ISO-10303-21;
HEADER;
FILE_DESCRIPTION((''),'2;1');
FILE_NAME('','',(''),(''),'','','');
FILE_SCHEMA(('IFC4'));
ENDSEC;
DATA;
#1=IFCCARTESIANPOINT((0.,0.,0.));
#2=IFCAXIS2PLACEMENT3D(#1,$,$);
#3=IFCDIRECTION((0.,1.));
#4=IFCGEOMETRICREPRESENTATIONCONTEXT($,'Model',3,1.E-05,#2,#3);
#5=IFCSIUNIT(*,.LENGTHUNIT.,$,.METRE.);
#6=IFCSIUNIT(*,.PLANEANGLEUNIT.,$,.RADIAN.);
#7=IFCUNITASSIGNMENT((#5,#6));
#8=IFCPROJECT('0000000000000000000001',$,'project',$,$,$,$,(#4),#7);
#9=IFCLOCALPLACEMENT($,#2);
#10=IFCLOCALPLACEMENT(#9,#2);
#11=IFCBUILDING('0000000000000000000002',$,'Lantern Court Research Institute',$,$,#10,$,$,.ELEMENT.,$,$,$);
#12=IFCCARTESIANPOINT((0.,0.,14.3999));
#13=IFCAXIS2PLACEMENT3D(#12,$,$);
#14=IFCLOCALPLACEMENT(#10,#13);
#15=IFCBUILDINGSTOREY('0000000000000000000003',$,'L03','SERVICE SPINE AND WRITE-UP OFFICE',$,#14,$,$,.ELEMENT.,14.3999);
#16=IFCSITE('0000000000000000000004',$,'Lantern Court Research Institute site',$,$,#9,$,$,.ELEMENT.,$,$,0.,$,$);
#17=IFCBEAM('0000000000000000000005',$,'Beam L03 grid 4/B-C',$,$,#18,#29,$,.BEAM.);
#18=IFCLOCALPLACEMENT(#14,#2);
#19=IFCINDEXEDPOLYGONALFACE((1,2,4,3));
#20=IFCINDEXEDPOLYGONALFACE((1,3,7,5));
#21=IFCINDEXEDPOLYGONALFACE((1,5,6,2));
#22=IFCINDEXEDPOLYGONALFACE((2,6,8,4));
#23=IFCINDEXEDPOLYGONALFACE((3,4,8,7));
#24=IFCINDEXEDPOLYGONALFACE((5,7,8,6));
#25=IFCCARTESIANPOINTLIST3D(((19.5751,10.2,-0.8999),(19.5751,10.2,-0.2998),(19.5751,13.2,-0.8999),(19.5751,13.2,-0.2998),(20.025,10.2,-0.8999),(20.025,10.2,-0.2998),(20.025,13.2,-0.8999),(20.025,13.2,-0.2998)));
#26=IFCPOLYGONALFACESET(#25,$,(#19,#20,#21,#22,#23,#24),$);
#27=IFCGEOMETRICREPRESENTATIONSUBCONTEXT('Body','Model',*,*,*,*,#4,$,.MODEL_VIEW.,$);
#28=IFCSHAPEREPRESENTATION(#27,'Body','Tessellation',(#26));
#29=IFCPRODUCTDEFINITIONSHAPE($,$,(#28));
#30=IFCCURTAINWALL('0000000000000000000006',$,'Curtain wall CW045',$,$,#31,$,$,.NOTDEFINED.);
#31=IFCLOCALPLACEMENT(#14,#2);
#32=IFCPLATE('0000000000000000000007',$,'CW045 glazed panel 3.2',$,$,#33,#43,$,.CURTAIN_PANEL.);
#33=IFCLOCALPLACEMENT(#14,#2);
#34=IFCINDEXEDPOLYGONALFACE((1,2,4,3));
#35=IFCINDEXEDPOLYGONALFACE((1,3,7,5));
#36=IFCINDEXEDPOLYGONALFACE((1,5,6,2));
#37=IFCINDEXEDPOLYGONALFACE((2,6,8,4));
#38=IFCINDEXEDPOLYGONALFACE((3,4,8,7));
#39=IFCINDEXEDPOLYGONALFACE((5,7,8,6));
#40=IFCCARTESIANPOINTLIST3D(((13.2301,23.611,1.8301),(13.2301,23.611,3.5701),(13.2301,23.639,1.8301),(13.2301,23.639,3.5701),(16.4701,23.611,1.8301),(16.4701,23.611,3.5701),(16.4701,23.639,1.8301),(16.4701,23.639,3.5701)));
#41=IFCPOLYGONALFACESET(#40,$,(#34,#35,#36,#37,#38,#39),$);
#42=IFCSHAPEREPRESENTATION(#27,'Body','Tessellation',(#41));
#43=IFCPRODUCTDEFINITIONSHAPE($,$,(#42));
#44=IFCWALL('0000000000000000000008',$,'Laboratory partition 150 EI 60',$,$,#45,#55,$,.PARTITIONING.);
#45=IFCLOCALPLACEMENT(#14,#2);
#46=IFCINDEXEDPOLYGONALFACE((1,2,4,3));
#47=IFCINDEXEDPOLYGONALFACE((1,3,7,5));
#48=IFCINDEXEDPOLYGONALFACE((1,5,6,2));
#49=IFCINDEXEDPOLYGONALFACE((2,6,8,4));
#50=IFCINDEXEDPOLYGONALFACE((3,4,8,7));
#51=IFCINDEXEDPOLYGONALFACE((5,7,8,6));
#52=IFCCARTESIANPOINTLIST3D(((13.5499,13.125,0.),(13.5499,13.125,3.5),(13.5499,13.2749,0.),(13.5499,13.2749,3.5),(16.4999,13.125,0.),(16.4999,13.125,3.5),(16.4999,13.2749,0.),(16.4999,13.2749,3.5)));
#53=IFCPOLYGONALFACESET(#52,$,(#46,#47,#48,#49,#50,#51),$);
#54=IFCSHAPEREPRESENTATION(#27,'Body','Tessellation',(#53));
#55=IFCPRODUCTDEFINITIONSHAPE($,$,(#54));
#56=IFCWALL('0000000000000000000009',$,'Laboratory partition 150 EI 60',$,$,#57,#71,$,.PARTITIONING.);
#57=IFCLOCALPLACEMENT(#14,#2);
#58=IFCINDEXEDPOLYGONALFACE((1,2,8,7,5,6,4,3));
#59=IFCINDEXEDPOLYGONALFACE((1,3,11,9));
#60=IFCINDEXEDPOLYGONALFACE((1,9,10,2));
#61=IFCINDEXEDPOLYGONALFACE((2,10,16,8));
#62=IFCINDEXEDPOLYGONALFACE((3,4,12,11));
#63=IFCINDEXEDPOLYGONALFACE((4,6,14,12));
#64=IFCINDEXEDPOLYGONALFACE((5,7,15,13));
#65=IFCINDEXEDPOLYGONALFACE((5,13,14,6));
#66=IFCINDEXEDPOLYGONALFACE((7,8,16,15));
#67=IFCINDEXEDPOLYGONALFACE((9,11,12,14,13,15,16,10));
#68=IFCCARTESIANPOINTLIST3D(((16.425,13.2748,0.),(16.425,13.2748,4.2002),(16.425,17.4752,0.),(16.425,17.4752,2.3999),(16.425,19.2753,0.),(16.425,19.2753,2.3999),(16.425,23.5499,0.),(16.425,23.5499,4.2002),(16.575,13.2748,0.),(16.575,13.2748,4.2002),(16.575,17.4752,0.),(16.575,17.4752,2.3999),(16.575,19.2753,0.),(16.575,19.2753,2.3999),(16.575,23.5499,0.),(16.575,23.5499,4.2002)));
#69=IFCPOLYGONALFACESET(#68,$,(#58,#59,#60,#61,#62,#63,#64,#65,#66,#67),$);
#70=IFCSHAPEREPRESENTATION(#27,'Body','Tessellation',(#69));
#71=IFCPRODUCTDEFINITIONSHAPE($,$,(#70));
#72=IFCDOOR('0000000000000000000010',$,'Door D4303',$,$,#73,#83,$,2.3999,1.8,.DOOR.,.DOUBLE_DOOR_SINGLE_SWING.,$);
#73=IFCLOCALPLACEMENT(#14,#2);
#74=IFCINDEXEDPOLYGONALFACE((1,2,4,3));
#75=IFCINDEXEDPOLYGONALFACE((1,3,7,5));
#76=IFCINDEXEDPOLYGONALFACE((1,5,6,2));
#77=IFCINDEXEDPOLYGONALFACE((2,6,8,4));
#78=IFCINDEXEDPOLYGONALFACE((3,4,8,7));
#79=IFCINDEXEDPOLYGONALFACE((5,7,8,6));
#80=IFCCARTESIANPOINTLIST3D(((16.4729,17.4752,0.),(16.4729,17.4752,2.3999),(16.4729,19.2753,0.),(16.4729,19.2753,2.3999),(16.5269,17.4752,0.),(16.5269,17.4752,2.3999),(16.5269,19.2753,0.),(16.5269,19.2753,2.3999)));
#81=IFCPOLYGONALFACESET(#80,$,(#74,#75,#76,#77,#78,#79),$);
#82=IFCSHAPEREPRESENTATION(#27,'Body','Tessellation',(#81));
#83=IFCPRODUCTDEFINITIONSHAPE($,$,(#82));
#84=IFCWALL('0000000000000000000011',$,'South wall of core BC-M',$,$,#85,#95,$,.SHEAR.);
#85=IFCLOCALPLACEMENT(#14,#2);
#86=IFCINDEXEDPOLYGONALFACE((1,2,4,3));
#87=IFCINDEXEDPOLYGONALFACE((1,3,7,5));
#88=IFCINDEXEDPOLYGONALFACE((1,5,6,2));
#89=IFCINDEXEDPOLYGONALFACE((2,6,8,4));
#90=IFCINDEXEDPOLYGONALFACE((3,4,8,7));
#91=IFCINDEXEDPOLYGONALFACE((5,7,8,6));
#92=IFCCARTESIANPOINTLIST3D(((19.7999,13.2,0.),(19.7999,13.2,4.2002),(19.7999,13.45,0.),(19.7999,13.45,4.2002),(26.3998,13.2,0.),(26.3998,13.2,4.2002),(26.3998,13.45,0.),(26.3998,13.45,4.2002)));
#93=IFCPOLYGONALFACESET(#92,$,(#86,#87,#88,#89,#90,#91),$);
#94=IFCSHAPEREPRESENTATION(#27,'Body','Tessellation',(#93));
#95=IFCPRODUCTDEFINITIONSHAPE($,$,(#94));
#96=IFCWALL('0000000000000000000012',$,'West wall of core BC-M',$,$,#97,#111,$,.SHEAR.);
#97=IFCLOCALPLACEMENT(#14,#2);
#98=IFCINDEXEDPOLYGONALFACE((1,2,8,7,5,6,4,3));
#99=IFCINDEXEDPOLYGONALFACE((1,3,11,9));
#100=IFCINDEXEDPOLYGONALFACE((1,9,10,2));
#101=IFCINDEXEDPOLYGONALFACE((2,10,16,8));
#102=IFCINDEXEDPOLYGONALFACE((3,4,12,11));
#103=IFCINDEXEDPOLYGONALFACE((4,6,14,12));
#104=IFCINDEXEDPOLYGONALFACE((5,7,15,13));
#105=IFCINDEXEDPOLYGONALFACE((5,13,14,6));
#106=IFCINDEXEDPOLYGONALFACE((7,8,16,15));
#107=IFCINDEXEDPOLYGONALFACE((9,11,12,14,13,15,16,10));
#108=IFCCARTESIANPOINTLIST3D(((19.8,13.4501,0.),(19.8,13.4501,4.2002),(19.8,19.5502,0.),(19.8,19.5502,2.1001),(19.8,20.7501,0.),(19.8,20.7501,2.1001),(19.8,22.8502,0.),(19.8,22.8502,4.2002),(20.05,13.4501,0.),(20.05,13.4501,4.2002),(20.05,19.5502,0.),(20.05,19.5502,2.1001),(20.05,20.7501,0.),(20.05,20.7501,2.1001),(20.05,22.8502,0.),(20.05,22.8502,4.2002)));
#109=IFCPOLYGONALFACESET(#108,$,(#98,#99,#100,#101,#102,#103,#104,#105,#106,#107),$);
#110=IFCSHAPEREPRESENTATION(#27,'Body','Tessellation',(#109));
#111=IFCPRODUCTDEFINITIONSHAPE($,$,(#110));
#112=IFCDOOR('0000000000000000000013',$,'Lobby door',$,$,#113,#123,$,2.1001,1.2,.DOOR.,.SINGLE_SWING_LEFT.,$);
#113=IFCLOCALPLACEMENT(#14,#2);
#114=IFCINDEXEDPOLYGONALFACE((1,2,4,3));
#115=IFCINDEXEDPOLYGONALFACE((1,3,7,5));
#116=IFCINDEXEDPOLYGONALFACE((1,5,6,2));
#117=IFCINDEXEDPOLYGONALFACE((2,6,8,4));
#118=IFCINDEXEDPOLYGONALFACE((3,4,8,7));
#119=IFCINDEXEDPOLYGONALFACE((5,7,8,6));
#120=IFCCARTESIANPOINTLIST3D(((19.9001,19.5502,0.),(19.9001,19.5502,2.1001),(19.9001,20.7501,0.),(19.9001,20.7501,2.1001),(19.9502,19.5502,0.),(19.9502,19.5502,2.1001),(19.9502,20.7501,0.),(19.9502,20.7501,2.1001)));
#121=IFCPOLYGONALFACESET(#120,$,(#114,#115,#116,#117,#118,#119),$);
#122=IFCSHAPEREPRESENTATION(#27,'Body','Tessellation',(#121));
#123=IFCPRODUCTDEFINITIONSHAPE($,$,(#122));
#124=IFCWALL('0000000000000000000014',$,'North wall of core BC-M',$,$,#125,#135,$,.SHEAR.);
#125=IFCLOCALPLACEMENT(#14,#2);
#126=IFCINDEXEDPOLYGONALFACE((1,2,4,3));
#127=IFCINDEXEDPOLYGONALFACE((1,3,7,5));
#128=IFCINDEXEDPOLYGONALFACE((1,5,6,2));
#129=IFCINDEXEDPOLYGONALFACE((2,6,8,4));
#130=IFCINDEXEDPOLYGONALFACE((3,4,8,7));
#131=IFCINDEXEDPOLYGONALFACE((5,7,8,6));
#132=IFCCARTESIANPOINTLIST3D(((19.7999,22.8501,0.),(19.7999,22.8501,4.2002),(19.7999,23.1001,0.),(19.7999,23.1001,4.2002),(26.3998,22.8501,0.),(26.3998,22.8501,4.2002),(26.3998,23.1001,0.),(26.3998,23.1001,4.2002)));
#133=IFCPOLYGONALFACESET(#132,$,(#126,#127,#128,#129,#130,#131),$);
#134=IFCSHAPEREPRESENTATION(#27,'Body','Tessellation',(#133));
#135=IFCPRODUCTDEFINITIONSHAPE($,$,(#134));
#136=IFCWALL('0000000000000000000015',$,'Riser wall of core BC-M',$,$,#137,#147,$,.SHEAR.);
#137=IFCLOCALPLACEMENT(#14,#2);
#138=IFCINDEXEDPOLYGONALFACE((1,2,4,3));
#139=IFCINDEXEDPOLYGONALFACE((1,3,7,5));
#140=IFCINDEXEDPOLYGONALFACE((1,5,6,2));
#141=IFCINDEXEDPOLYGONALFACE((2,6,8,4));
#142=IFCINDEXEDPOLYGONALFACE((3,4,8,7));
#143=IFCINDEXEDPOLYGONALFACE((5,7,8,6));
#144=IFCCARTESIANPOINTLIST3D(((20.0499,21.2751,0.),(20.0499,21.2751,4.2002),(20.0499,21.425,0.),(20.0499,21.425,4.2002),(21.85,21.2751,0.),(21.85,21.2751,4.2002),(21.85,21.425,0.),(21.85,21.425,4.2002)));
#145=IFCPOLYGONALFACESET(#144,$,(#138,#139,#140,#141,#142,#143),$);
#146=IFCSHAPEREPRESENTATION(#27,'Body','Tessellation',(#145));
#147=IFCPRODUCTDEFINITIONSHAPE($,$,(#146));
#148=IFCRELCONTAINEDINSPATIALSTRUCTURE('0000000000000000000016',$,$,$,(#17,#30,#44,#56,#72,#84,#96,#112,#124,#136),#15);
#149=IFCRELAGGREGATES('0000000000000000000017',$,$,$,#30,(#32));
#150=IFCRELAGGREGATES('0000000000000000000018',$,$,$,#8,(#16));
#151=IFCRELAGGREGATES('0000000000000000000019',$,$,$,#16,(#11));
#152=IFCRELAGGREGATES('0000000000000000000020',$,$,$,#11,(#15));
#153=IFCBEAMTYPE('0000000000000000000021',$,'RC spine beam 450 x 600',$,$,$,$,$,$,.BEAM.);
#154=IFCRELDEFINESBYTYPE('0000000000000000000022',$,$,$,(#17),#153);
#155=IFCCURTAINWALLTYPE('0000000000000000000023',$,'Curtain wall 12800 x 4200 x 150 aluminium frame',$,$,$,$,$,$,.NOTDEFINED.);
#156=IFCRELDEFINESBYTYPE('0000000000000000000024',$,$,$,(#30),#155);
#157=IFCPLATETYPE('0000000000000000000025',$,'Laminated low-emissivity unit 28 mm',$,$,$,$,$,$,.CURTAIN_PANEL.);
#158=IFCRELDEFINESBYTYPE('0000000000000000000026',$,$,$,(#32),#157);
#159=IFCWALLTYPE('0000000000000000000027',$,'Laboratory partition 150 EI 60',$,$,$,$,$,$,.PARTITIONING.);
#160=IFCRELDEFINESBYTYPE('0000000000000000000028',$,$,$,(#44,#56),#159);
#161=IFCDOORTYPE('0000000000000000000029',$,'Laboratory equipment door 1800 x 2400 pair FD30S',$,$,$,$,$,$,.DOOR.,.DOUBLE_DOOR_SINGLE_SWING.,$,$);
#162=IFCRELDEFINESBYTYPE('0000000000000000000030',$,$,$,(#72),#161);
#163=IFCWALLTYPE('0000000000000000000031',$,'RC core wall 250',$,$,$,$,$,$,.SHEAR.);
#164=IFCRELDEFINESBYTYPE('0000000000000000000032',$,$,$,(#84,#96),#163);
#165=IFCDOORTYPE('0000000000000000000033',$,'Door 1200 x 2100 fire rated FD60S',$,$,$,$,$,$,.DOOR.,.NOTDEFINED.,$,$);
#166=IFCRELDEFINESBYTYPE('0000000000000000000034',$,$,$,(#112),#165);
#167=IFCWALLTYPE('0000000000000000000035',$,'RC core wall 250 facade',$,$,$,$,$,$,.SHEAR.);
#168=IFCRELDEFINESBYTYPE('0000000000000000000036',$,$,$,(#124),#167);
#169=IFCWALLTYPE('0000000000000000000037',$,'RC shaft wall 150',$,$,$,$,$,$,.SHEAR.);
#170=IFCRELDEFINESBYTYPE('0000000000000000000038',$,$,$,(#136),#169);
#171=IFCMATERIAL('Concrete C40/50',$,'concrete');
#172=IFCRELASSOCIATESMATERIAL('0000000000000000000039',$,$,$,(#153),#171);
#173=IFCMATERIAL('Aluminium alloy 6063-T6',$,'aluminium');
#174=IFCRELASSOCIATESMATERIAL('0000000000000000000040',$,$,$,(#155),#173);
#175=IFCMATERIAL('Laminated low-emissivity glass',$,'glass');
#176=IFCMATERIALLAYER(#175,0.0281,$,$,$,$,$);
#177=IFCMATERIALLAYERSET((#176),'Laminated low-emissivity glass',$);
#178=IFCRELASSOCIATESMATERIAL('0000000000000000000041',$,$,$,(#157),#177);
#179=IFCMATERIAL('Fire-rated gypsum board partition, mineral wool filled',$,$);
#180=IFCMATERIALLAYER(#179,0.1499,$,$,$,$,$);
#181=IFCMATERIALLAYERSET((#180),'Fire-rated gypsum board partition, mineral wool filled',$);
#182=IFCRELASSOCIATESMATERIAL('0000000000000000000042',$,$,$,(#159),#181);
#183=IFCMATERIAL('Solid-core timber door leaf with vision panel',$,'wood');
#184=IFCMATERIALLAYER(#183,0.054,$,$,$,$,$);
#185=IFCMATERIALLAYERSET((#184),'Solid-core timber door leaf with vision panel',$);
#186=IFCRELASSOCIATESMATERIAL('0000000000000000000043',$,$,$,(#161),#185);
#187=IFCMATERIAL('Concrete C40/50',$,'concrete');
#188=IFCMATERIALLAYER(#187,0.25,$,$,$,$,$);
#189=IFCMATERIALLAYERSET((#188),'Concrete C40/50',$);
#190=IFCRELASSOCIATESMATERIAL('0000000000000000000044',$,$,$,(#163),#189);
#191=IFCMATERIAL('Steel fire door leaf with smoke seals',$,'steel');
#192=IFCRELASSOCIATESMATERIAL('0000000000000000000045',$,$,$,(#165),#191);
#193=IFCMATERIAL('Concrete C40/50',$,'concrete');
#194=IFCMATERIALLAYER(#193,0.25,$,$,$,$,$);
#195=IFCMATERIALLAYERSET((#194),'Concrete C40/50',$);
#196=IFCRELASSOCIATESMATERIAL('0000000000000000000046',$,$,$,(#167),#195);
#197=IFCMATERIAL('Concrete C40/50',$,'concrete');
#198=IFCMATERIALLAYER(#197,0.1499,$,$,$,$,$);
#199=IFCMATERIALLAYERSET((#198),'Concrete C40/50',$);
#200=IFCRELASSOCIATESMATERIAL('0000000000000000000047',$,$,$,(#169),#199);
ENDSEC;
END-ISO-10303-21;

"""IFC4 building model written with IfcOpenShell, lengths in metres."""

from ifc_helpers import new_model, si_unit, direction, frame, frame_2d, origin, origin_2d, place, context, subcontext, project, spatial, rectangle, extrude, material, layer, layer_set, material_profile, profile_set, type_object, element, fill, aggregate, save


model = new_model("IFC4")

# Units and contexts
model_context = context("Model", 3, precision=1e-05, world=origin(), true_north=direction((0.0, 1.0)))
body_context = subcontext(model_context, "Body", "Model", "MODEL_VIEW")
ifc_project = project(units=[si_unit("LENGTHUNIT", "METRE"), si_unit("PLANEANGLEUNIT", "RADIAN")], contexts=[model_context])

# Site, building, storey
site_placement = place(None, origin())
site = spatial("IfcSite", under=ifc_project, at=site_placement, Name="Lantern Court Research Institute site", CompositionType="ELEMENT", RefElevation=0.0)
building_placement = place(site_placement, origin())
building = spatial("IfcBuilding", under=site, at=building_placement, Name="Lantern Court Research Institute", CompositionType="ELEMENT")
storey_placement = place(building_placement, frame((0.0, 0.0, 14.3999)))
storey = spatial("IfcBuildingStorey", under=building, at=storey_placement, Name="L03", Description="SERVICE SPINE AND WRITE-UP OFFICE", CompositionType="ELEMENT", Elevation=14.3999)

# Beam
ifc_material_1 = material(Name="Concrete C40/50", Category="concrete")
ifc_material_profile = material_profile(ifc_material_1, rectangle(XDim=0.45, YDim=0.6001, at=origin_2d()), Name="RC beam 450 x 600")
ifc_profile_set = profile_set([ifc_material_profile], Name="Concrete C40/50")
beam_type = type_object("IfcBeamType", Name="RC spine beam 450 x 600", PredefinedType="BEAM", material=ifc_profile_set)
beam_placement = place(storey_placement, frame((19.8, 10.2, -0.5999), z_axis=(0.0, 1.0, 0.0), x_axis=(-1.0, 0.0, 0.0)))
element("IfcBeam", 1, at=beam_placement, inside=storey, type_object=beam_type, Name="Beam L03 grid 4/B-C", PredefinedType="BEAM", context=body_context, shape_type="SweptSolid", body=[
    extrude(rectangle(XDim=0.45, YDim=0.6001, at=origin_2d()), origin(), (0.0, 0.0, 1.0), 3.0),
])

# Curtain wall, plate
ifc_material_2 = material(Name="Aluminium alloy 6063-T6", Category="aluminium")
curtain_wall_type = type_object("IfcCurtainWallType", Name="Curtain wall 12800 x 4200 x 150 aluminium frame", PredefinedType="NOTDEFINED", material=ifc_material_2)
curtain_wall_placement = place(storey_placement, origin())
curtain_wall = element("IfcCurtainWall", 2, at=curtain_wall_placement, inside=storey, type_object=curtain_wall_type, Name="Curtain wall CW045", PredefinedType="NOTDEFINED")
ifc_material_3 = material(Name="Laminated low-emissivity glass", Category="glass")
ifc_layer_1 = layer(ifc_material_3, 0.0281)
ifc_layer_set_1 = layer_set([ifc_layer_1], Name="Laminated low-emissivity glass")
plate_type = type_object("IfcPlateType", Name="Laminated low-emissivity unit 28 mm", PredefinedType="CURTAIN_PANEL", material=ifc_layer_set_1)
plate_placement = place(storey_placement, frame((14.8501, 23.625, 1.8301), z_axis=(0.0, 0.0, 1.0), x_axis=(1.0, 0.0, 0.0)))
plate = element("IfcPlate", 3, at=plate_placement, type_object=plate_type, Name="CW045 glazed panel 3.2", PredefinedType="CURTAIN_PANEL", context=body_context, shape_type="SweptSolid", body=[
    extrude(rectangle(XDim=3.24, YDim=0.0281, at=origin_2d()), origin(), (0.0, 0.0, 1.0), 1.74),
])
aggregate(curtain_wall, [plate])

# Wall
ifc_material_4 = material(Name="Fire-rated gypsum board partition, mineral wool filled")
ifc_layer_2 = layer(ifc_material_4, 0.1499)
ifc_layer_set_2 = layer_set([ifc_layer_2], Name="Fire-rated gypsum board partition, mineral wool filled")
wall_type_1 = type_object("IfcWallType", Name="Laboratory partition 150 EI 60", PredefinedType="PARTITIONING", material=ifc_layer_set_2)
wall_1_placement = place(storey_placement, frame((16.5, 13.2, 0.0), z_axis=(0.0, 0.0, 1.0), x_axis=(-1.0, 0.0, 0.0)))
element("IfcWall", 4, at=wall_1_placement, inside=storey, type_object=wall_type_1, Name="Laboratory partition 150 EI 60", PredefinedType="PARTITIONING", context=body_context, shape_type="SweptSolid", body=[
    extrude(rectangle(XDim=2.95, YDim=0.1499, at=frame_2d((1.4751, 0.0))), origin(), (0.0, 0.0, 1.0), 3.5),
])

# Wall, opening, door
wall_2_placement = place(storey_placement, frame((16.5, 23.55, 0.0), z_axis=(0.0, 0.0, 1.0), x_axis=(0.0, -1.0, 0.0)))
wall_2 = element("IfcWall", 5, at=wall_2_placement, inside=storey, type_object=wall_type_1, Name="Laboratory partition 150 EI 60", PredefinedType="PARTITIONING", context=body_context, shape_type="SweptSolid", body=[
    extrude(rectangle(XDim=10.2751, YDim=0.1499, at=frame_2d((5.1377, 0.0))), origin(), (0.0, 0.0, 1.0), 4.2002),
])
opening_1_placement = place(wall_2_placement, frame((4.2749, 0.0, 0.0)))
opening_1 = element("IfcOpeningElement", 6, at=opening_1_placement, cuts=wall_2, PredefinedType="OPENING", context=body_context, shape_type="SweptSolid", body=[
    extrude(rectangle(XDim=1.8, YDim=2.3999, at=frame_2d((0.8999, 1.2))), frame((0.0, 0.085, 0.0), z_axis=(0.0, -1.0, 0.0), x_axis=(1.0, 0.0, 0.0)), (0.0, 0.0, 1.0), 0.1699),
])
ifc_material_5 = material(Name="Solid-core timber door leaf with vision panel", Category="wood")
ifc_layer_3 = layer(ifc_material_5, 0.054)
ifc_layer_set_3 = layer_set([ifc_layer_3], Name="Solid-core timber door leaf with vision panel")
door_type_1 = type_object("IfcDoorType", Name="Laboratory equipment door 1800 x 2400 pair FD30S", OperationType="DOUBLE_DOOR_SINGLE_SWING", PredefinedType="DOOR", material=ifc_layer_set_3)
door_1_placement = place(opening_1_placement, origin())
door_1 = element("IfcDoor", 7, at=door_1_placement, inside=storey, type_object=door_type_1, Name="Door D4303", OperationType="DOUBLE_DOOR_SINGLE_SWING", OverallHeight=2.3999, OverallWidth=1.8, PredefinedType="DOOR", context=body_context, shape_type="SweptSolid", body=[
    extrude(rectangle(XDim=1.8, YDim=2.3999, at=frame_2d((0.8999, 1.2))), frame((0.0, 0.0269, 0.0), z_axis=(0.0, -1.0, 0.0), x_axis=(1.0, 0.0, 0.0)), (0.0, 0.0, 1.0), 0.054),
])
fill(opening_1, door_1)

# Wall
ifc_material_6 = material(Name="Concrete C40/50", Category="concrete")
ifc_layer_4 = layer(ifc_material_6, 0.25)
ifc_layer_set_4 = layer_set([ifc_layer_4], Name="Concrete C40/50")
wall_type_2 = type_object("IfcWallType", Name="RC core wall 250", PredefinedType="SHEAR", material=ifc_layer_set_4)
wall_3_placement = place(storey_placement, frame((19.8, 13.325, 0.0), z_axis=(0.0, 0.0, 1.0), x_axis=(1.0, 0.0, 0.0)))
element("IfcWall", 8, at=wall_3_placement, inside=storey, type_object=wall_type_2, Name="South wall of core BC-M", PredefinedType="SHEAR", context=body_context, shape_type="SweptSolid", body=[
    extrude(rectangle(XDim=6.5999, YDim=0.25, at=frame_2d((3.2998, 0.0))), origin(), (0.0, 0.0, 1.0), 4.2002),
])

# Wall, opening, door
wall_4_placement = place(storey_placement, frame((19.925, 13.45, 0.0), z_axis=(0.0, 0.0, 1.0), x_axis=(0.0, 1.0, 0.0)))
wall_4 = element("IfcWall", 9, at=wall_4_placement, inside=storey, type_object=wall_type_2, Name="West wall of core BC-M", PredefinedType="SHEAR", context=body_context, shape_type="SweptSolid", body=[
    extrude(rectangle(XDim=9.4001, YDim=0.25, at=frame_2d((4.7002, 0.0))), origin(), (0.0, 0.0, 1.0), 4.2002),
])
opening_2_placement = place(wall_4_placement, frame((6.1001, 0.0, 0.0)))
opening_2 = element("IfcOpeningElement", 10, at=opening_2_placement, cuts=wall_4, PredefinedType="OPENING", context=body_context, shape_type="SweptSolid", body=[
    extrude(rectangle(XDim=1.2, YDim=2.1001, at=frame_2d((0.6001, 1.05))), frame((0.0, 0.135, 0.0), z_axis=(0.0, -1.0, 0.0), x_axis=(1.0, 0.0, 0.0)), (0.0, 0.0, 1.0), 0.27),
])
ifc_material_7 = material(Name="Steel fire door leaf with smoke seals", Category="steel")
door_type_2 = type_object("IfcDoorType", Name="Door 1200 x 2100 fire rated FD60S", OperationType="NOTDEFINED", PredefinedType="DOOR", material=ifc_material_7)
door_2_placement = place(opening_2_placement, origin())
door_2 = element("IfcDoor", 11, at=door_2_placement, inside=storey, type_object=door_type_2, Name="Lobby door", OperationType="SINGLE_SWING_LEFT", OverallHeight=2.1001, OverallWidth=1.2, PredefinedType="DOOR", context=body_context, shape_type="SweptSolid", body=[
    extrude(rectangle(XDim=1.2, YDim=2.1001, at=frame_2d((0.6001, 1.05))), frame((0.0, 0.0249, 0.0), z_axis=(0.0, -1.0, 0.0), x_axis=(1.0, 0.0, 0.0)), (0.0, 0.0, 1.0), 0.05),
])
fill(opening_2, door_2)

# Walls
ifc_material_8 = material(Name="Concrete C40/50", Category="concrete")
ifc_layer_5 = layer(ifc_material_8, 0.25)
ifc_layer_set_5 = layer_set([ifc_layer_5], Name="Concrete C40/50")
wall_type_3 = type_object("IfcWallType", Name="RC core wall 250 facade", PredefinedType="SHEAR", material=ifc_layer_set_5)
wall_5_placement = place(storey_placement, frame((19.8, 22.9751, 0.0), z_axis=(0.0, 0.0, 1.0), x_axis=(1.0, 0.0, 0.0)))
element("IfcWall", 12, at=wall_5_placement, inside=storey, type_object=wall_type_3, Name="North wall of core BC-M", PredefinedType="SHEAR", context=body_context, shape_type="SweptSolid", body=[
    extrude(rectangle(XDim=6.5999, YDim=0.25, at=frame_2d((3.2998, 0.0))), origin(), (0.0, 0.0, 1.0), 4.2002),
])
ifc_material_9 = material(Name="Concrete C40/50", Category="concrete")
ifc_layer_6 = layer(ifc_material_9, 0.1499)
ifc_layer_set_6 = layer_set([ifc_layer_6], Name="Concrete C40/50")
wall_type_4 = type_object("IfcWallType", Name="RC shaft wall 150", PredefinedType="SHEAR", material=ifc_layer_set_6)
wall_6_placement = place(storey_placement, frame((20.05, 21.3501, 0.0), z_axis=(0.0, 0.0, 1.0), x_axis=(1.0, 0.0, 0.0)))
element("IfcWall", 13, at=wall_6_placement, inside=storey, type_object=wall_type_4, Name="Riser wall of core BC-M", PredefinedType="SHEAR", context=body_context, shape_type="SweptSolid", body=[
    extrude(rectangle(XDim=1.8, YDim=0.1499, at=frame_2d((0.8999, 0.0))), origin(), (0.0, 0.0, 1.0), 4.2002),
])

save(model, "model.ifc")
